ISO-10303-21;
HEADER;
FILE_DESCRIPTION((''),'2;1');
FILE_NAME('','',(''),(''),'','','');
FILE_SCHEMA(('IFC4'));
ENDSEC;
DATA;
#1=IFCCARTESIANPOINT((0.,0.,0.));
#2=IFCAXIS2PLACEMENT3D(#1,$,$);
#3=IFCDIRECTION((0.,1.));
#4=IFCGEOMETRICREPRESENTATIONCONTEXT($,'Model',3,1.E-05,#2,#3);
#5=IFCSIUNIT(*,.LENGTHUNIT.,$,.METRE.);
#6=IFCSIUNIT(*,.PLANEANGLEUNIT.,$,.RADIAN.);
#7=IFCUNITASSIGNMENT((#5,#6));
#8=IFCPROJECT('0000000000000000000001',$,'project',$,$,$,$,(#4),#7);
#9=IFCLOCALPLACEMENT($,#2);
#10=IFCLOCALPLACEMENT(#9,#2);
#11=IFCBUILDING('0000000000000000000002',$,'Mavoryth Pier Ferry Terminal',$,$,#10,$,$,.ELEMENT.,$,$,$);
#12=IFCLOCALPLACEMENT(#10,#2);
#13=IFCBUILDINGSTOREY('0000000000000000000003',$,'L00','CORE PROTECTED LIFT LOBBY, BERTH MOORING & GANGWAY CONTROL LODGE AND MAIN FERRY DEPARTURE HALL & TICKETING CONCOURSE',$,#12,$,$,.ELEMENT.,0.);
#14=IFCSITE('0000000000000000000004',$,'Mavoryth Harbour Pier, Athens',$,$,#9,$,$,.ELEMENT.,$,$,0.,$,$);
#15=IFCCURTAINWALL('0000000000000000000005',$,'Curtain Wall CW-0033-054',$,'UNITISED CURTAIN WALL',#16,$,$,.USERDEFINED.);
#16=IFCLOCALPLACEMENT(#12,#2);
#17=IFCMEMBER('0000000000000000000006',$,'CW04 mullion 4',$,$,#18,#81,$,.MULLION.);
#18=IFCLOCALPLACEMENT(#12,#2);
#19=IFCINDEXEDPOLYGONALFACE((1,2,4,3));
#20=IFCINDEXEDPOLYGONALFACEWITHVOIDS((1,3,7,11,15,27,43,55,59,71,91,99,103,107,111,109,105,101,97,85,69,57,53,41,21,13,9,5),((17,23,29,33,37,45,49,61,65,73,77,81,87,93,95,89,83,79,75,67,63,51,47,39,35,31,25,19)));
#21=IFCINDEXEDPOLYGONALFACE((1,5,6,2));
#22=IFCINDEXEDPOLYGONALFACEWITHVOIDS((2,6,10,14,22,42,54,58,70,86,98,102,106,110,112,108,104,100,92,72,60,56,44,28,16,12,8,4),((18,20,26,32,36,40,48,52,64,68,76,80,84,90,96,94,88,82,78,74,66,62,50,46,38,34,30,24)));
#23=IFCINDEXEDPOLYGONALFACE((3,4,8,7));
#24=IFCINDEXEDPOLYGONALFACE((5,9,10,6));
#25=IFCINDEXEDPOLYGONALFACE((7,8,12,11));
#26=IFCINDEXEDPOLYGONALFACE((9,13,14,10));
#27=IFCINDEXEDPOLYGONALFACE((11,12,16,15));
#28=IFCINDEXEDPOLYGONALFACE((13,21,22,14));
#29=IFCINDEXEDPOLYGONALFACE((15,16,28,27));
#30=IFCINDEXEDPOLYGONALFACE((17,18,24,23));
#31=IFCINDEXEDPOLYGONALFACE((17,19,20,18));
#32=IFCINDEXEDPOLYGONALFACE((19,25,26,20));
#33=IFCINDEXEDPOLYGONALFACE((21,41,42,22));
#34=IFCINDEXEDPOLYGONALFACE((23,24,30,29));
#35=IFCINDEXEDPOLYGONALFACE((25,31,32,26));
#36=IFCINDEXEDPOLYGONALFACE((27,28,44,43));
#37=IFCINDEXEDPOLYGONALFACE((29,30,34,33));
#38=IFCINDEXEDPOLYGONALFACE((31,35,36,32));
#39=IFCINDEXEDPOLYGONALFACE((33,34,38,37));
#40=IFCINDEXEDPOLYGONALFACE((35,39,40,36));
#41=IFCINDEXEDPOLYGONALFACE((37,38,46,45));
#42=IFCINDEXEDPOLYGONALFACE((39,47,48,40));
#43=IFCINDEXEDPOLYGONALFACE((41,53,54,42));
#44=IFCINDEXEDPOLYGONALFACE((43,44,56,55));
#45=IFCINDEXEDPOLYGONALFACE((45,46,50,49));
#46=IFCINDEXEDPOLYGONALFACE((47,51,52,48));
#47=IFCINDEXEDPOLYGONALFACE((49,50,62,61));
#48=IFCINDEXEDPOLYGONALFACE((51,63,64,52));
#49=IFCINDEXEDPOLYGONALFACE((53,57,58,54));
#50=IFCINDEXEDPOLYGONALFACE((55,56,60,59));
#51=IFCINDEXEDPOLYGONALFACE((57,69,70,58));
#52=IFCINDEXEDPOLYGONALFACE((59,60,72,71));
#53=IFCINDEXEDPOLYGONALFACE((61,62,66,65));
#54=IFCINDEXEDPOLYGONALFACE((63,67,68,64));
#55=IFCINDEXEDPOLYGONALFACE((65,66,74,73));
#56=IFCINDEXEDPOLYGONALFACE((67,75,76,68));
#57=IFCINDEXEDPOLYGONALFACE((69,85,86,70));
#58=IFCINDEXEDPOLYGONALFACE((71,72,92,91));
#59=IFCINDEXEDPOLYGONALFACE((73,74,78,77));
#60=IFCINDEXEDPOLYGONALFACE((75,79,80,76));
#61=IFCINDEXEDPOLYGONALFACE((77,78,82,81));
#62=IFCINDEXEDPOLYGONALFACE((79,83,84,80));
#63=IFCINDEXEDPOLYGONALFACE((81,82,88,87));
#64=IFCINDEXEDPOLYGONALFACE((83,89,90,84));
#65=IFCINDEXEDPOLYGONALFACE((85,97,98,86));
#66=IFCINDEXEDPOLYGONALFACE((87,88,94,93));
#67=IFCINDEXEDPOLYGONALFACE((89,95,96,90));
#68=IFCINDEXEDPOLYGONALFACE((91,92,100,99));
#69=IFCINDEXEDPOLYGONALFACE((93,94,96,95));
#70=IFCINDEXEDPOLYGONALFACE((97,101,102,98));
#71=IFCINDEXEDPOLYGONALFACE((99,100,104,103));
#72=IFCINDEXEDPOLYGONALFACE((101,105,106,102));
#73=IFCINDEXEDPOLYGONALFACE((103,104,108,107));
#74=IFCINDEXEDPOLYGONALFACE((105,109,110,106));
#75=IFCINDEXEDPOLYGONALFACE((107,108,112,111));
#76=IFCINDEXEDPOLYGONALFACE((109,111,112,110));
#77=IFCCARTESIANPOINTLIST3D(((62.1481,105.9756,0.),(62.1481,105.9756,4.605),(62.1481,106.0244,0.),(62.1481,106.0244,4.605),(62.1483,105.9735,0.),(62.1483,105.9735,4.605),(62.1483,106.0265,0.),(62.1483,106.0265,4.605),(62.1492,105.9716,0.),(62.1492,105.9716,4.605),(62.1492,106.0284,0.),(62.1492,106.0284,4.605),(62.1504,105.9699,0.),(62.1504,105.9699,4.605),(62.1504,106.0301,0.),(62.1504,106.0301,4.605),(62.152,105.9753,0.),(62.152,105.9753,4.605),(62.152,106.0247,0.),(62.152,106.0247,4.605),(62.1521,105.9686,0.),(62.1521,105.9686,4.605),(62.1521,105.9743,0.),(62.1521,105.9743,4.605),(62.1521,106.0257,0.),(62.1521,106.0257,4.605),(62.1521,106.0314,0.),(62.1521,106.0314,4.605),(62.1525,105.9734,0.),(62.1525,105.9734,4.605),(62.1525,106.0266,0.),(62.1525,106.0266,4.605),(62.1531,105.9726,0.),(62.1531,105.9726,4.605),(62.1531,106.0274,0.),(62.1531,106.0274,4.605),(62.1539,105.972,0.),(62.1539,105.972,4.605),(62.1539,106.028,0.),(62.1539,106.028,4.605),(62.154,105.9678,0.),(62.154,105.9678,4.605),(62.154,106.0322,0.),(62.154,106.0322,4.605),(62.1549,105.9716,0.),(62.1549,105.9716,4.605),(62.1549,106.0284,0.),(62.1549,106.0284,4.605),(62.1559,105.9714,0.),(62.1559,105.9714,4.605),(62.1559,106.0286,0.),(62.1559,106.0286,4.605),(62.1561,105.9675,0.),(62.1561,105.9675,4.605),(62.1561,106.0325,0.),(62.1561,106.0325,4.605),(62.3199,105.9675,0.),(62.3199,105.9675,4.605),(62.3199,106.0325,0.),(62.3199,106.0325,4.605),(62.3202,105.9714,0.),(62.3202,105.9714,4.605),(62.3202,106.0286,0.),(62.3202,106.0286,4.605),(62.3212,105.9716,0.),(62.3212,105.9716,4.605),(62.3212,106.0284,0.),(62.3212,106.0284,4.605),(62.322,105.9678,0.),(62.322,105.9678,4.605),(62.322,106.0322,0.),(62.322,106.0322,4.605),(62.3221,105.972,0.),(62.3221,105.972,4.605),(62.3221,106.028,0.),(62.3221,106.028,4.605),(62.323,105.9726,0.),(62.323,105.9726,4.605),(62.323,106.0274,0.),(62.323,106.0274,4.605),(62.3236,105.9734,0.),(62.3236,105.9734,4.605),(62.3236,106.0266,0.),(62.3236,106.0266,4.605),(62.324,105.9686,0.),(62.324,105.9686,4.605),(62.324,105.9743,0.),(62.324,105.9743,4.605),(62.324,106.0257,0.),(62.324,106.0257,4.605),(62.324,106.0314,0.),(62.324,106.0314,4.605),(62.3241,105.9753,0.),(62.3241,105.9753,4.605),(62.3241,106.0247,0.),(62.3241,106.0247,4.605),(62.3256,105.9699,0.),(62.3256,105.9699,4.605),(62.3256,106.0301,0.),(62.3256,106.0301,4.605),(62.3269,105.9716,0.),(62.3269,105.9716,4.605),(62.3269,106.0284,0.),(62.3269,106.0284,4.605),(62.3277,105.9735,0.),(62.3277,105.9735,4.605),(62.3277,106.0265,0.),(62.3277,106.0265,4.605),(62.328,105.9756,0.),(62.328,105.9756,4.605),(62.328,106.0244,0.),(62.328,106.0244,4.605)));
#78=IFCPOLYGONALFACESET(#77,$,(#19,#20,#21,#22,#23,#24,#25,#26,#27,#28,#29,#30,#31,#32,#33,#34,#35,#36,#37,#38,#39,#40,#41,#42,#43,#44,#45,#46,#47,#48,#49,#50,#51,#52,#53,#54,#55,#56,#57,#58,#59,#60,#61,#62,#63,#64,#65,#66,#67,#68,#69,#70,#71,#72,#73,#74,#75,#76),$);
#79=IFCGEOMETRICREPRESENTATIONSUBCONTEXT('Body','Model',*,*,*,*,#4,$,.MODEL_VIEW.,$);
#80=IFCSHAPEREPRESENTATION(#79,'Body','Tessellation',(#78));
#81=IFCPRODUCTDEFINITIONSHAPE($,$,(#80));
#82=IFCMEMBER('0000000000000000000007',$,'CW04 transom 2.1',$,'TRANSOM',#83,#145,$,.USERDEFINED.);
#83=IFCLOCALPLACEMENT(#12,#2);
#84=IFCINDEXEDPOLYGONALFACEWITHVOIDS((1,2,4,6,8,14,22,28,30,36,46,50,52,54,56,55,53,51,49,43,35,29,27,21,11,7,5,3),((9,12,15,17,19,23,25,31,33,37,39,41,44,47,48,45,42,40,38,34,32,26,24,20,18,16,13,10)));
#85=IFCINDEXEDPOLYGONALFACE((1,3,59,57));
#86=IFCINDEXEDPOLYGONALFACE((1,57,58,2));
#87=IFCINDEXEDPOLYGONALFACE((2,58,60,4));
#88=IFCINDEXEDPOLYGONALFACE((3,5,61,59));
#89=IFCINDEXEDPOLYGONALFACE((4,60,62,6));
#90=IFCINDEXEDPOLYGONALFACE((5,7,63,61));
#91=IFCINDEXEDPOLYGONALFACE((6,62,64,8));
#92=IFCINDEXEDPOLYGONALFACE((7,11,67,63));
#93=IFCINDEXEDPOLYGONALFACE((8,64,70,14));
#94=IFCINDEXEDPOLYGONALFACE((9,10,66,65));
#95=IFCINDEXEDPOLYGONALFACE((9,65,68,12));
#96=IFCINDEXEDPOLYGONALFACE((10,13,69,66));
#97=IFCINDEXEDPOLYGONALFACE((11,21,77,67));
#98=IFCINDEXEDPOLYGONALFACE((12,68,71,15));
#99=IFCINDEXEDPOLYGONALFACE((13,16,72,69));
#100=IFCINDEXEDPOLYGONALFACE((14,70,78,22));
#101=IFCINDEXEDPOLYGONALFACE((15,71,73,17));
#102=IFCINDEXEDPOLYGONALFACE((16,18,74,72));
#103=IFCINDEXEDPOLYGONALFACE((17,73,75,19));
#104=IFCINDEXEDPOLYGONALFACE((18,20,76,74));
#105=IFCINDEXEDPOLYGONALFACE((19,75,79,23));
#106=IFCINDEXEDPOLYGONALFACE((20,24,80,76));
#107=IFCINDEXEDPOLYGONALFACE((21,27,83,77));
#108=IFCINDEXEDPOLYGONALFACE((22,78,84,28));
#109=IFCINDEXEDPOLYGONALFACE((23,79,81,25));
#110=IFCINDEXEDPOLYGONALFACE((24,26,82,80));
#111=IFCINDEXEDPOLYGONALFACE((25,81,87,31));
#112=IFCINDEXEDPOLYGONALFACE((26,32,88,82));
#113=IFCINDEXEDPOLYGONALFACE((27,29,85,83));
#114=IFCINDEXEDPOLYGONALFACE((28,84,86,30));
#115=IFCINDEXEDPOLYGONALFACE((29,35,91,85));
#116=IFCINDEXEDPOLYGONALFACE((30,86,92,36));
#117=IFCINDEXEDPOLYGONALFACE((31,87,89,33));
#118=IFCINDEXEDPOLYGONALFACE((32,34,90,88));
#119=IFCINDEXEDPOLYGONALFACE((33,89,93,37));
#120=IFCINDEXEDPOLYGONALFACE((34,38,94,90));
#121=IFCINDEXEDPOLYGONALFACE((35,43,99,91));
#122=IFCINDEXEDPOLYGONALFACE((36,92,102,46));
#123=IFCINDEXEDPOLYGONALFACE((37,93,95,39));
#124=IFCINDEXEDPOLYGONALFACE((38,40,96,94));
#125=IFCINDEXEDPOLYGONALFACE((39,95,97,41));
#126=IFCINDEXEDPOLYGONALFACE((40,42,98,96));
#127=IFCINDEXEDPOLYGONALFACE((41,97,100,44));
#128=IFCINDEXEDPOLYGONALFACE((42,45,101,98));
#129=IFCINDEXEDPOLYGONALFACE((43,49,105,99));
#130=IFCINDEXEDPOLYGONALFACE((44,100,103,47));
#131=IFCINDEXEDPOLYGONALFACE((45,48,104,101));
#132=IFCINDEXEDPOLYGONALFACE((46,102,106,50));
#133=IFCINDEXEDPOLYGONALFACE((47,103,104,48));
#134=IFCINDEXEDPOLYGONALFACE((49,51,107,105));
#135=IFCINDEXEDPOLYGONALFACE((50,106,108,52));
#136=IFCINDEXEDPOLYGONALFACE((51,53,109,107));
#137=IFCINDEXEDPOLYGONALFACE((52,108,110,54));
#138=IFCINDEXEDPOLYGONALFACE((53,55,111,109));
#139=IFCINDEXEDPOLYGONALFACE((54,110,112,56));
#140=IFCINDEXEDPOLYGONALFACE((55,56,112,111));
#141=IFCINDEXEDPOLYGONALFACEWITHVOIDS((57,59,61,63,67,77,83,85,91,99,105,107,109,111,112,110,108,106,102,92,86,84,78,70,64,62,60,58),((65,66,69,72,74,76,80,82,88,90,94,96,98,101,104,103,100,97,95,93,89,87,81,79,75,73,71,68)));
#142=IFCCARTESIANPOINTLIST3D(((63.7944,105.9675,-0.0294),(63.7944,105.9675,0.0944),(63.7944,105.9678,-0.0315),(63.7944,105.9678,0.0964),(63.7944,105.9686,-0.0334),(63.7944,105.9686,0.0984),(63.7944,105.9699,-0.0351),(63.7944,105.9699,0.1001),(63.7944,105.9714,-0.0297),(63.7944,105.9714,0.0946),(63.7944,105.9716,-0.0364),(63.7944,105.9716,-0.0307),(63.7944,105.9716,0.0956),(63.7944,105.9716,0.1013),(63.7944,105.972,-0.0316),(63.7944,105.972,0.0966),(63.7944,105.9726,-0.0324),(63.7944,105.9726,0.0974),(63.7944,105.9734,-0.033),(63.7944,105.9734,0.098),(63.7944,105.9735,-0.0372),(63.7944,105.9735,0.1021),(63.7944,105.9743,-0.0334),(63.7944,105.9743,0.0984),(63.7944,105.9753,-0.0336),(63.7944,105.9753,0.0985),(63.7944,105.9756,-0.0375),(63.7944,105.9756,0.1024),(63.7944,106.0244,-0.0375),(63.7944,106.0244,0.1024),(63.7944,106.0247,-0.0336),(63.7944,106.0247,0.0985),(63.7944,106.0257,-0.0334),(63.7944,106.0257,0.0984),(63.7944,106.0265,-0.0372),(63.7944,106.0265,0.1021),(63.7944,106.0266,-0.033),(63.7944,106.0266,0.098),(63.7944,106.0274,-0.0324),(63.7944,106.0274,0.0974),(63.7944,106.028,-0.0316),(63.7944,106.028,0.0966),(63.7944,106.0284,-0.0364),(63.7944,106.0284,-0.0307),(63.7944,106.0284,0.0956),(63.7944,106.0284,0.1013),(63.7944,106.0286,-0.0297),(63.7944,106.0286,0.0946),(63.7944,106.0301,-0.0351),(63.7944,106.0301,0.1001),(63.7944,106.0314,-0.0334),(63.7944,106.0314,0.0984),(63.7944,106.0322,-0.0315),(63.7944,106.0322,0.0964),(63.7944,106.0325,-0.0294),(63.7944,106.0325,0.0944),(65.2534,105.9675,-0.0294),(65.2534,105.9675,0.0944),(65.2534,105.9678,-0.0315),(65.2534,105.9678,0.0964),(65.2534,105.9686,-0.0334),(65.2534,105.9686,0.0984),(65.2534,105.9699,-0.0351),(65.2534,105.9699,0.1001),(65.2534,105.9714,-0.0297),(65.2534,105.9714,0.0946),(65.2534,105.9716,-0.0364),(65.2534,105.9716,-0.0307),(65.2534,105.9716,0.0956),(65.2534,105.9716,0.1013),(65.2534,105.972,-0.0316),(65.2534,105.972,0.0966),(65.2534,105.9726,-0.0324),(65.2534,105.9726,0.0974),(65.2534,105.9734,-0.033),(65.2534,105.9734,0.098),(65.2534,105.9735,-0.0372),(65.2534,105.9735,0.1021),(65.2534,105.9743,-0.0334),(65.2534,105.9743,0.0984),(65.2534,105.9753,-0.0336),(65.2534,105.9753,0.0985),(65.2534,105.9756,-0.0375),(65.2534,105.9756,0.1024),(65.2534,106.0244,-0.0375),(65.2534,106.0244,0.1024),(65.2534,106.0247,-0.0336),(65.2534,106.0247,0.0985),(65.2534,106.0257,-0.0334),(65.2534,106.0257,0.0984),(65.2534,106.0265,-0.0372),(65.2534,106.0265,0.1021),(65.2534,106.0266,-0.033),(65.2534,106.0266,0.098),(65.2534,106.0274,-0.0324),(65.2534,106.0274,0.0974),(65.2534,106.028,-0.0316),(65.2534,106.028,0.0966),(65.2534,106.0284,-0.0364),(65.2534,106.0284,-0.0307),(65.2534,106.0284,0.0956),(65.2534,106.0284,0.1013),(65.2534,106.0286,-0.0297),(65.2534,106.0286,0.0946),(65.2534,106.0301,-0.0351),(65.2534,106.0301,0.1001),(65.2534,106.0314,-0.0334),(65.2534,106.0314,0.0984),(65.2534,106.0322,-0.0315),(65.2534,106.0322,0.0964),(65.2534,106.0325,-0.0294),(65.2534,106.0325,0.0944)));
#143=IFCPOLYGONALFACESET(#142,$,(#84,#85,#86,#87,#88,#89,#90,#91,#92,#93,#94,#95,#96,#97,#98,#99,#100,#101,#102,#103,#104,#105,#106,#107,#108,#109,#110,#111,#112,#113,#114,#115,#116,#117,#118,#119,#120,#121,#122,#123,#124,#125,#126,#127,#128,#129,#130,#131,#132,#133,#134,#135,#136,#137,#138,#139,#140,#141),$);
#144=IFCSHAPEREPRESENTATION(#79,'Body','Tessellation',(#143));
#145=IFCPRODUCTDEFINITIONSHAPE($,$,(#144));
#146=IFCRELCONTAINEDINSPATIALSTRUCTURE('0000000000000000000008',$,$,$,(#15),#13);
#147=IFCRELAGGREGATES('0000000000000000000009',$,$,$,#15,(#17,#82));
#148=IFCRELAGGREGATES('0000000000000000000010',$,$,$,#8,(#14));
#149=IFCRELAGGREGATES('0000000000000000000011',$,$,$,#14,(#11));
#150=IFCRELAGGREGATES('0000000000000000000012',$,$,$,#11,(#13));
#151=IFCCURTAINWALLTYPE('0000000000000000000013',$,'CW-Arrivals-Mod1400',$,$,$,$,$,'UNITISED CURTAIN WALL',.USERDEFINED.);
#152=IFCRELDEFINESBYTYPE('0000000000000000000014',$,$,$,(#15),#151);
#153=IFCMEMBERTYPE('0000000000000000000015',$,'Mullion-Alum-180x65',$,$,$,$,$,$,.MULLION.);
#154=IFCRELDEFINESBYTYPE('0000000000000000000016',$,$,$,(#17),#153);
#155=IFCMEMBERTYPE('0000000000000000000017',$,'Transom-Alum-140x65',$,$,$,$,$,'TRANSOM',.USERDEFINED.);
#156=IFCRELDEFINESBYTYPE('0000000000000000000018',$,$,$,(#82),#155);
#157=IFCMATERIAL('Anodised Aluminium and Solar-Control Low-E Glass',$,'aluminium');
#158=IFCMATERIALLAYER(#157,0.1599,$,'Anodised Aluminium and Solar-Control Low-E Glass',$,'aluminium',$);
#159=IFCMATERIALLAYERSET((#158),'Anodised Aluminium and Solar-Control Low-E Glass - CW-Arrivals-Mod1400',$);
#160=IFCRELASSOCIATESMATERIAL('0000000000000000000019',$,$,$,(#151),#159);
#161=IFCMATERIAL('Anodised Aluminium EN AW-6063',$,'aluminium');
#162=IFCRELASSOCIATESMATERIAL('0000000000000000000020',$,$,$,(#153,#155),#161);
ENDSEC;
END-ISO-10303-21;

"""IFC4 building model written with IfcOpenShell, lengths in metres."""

from ifc_helpers import new_model, si_unit, direction, frame, origin, origin_2d, place, context, subcontext, project, spatial, hollow_rectangle, extrude, material, layer, layer_set, material_profile, profile_set, type_object, element, aggregate, save


model = new_model("IFC4")

# Units and contexts
model_context = context("Model", 3, precision=1e-05, world=origin(), true_north=direction((0.0, 1.0)))
body_context = subcontext(model_context, "Body", "Model", "MODEL_VIEW")
ifc_project = project(units=[si_unit("LENGTHUNIT", "METRE"), si_unit("PLANEANGLEUNIT", "RADIAN")], contexts=[model_context])

# Site, building, storey
site_placement = place(None, origin())
site = spatial("IfcSite", under=ifc_project, at=site_placement, Name="Mavoryth Harbour Pier, Athens", CompositionType="ELEMENT", RefElevation=0.0)
building_placement = place(site_placement, origin())
building = spatial("IfcBuilding", under=site, at=building_placement, Name="Mavoryth Pier Ferry Terminal", CompositionType="ELEMENT")
storey_placement = place(building_placement, origin())
storey = spatial("IfcBuildingStorey", under=building, at=storey_placement, Name="L00", Description="CORE PROTECTED LIFT LOBBY, BERTH MOORING & GANGWAY CONTROL LODGE AND MAIN FERRY DEPARTURE HALL & TICKETING CONCOURSE", CompositionType="ELEMENT", Elevation=0.0)

# Curtain wall, members
ifc_material_1 = material(Name="Anodised Aluminium and Solar-Control Low-E Glass", Category="aluminium")
ifc_layer_1 = layer(ifc_material_1, 0.1599, Name="Anodised Aluminium and Solar-Control Low-E Glass", Category="aluminium")
ifc_layer_set_1 = layer_set([ifc_layer_1], Name="Anodised Aluminium and Solar-Control Low-E Glass - CW-Arrivals-Mod1400")
curtain_wall_type = type_object("IfcCurtainWallType", Name="CW-Arrivals-Mod1400", ElementType="UNITISED CURTAIN WALL", PredefinedType="USERDEFINED", material=ifc_layer_set_1)
curtain_wall_placement = place(storey_placement, origin())
curtain_wall = element("IfcCurtainWall", 1, at=curtain_wall_placement, inside=storey, type_object=curtain_wall_type, Name="Curtain Wall CW-0033-054", ObjectType="UNITISED CURTAIN WALL", PredefinedType="USERDEFINED")
ifc_material_2 = material(Name="Anodised Aluminium EN AW-6063", Category="aluminium")
ifc_material_profile_1 = material_profile(ifc_material_2, hollow_rectangle(XDim=0.0649, YDim=0.1799, WallThickness=0.0039, InnerFilletRadius=0.0039, OuterFilletRadius=0.0081, at=origin_2d()), Name="AL-MULL 180x65x4", Category="aluminium")
ifc_profile_set_1 = profile_set([ifc_material_profile_1], Name="Anodised Aluminium EN AW-6063 - AL-MULL 180x65x4")
member_type_1 = type_object("IfcMemberType", Name="Mullion-Alum-180x65", PredefinedType="MULLION", material=ifc_profile_set_1)
member_1_placement = place(storey_placement, frame((62.238, 106.0, 0.0), z_axis=(0.0, 0.0, 1.0), x_axis=(0.0, -1.0, 0.0)))
member_1 = element("IfcMember", 2, at=member_1_placement, type_object=member_type_1, Name="CW04 mullion 4", PredefinedType="MULLION", context=body_context, shape_type="SweptSolid", body=[
    extrude(hollow_rectangle(XDim=0.0649, YDim=0.1799, WallThickness=0.0039, InnerFilletRadius=0.0039, OuterFilletRadius=0.0081, at=origin_2d()), origin(), (0.0, 0.0, 1.0), 4.605),
])
ifc_material_profile_2 = material_profile(ifc_material_2, hollow_rectangle(XDim=0.0649, YDim=0.1399, WallThickness=0.0039, InnerFilletRadius=0.0039, OuterFilletRadius=0.0081, at=origin_2d()), Name="AL-TRAN 140x65x4", Category="aluminium")
ifc_profile_set_2 = profile_set([ifc_material_profile_2], Name="Anodised Aluminium EN AW-6063 - AL-TRAN 140x65x4")
member_type_2 = type_object("IfcMemberType", Name="Transom-Alum-140x65", ElementType="TRANSOM", PredefinedType="USERDEFINED", material=ifc_profile_set_2)
member_2_placement = place(storey_placement, frame((65.2534, 106.0, 0.0325), z_axis=(-1.0, 0.0, 0.0), x_axis=(0.0, -1.0, 0.0)))
member_2 = element("IfcMember", 3, at=member_2_placement, type_object=member_type_2, Name="CW04 transom 2.1", ObjectType="TRANSOM", PredefinedType="USERDEFINED", context=body_context, shape_type="SweptSolid", body=[
    extrude(hollow_rectangle(XDim=0.0649, YDim=0.1399, WallThickness=0.0039, InnerFilletRadius=0.0039, OuterFilletRadius=0.0081, at=origin_2d()), origin(), (0.0, 0.0, 1.0), 1.459),
])
aggregate(curtain_wall, [member_1, member_2])

save(model, "model.ifc")
